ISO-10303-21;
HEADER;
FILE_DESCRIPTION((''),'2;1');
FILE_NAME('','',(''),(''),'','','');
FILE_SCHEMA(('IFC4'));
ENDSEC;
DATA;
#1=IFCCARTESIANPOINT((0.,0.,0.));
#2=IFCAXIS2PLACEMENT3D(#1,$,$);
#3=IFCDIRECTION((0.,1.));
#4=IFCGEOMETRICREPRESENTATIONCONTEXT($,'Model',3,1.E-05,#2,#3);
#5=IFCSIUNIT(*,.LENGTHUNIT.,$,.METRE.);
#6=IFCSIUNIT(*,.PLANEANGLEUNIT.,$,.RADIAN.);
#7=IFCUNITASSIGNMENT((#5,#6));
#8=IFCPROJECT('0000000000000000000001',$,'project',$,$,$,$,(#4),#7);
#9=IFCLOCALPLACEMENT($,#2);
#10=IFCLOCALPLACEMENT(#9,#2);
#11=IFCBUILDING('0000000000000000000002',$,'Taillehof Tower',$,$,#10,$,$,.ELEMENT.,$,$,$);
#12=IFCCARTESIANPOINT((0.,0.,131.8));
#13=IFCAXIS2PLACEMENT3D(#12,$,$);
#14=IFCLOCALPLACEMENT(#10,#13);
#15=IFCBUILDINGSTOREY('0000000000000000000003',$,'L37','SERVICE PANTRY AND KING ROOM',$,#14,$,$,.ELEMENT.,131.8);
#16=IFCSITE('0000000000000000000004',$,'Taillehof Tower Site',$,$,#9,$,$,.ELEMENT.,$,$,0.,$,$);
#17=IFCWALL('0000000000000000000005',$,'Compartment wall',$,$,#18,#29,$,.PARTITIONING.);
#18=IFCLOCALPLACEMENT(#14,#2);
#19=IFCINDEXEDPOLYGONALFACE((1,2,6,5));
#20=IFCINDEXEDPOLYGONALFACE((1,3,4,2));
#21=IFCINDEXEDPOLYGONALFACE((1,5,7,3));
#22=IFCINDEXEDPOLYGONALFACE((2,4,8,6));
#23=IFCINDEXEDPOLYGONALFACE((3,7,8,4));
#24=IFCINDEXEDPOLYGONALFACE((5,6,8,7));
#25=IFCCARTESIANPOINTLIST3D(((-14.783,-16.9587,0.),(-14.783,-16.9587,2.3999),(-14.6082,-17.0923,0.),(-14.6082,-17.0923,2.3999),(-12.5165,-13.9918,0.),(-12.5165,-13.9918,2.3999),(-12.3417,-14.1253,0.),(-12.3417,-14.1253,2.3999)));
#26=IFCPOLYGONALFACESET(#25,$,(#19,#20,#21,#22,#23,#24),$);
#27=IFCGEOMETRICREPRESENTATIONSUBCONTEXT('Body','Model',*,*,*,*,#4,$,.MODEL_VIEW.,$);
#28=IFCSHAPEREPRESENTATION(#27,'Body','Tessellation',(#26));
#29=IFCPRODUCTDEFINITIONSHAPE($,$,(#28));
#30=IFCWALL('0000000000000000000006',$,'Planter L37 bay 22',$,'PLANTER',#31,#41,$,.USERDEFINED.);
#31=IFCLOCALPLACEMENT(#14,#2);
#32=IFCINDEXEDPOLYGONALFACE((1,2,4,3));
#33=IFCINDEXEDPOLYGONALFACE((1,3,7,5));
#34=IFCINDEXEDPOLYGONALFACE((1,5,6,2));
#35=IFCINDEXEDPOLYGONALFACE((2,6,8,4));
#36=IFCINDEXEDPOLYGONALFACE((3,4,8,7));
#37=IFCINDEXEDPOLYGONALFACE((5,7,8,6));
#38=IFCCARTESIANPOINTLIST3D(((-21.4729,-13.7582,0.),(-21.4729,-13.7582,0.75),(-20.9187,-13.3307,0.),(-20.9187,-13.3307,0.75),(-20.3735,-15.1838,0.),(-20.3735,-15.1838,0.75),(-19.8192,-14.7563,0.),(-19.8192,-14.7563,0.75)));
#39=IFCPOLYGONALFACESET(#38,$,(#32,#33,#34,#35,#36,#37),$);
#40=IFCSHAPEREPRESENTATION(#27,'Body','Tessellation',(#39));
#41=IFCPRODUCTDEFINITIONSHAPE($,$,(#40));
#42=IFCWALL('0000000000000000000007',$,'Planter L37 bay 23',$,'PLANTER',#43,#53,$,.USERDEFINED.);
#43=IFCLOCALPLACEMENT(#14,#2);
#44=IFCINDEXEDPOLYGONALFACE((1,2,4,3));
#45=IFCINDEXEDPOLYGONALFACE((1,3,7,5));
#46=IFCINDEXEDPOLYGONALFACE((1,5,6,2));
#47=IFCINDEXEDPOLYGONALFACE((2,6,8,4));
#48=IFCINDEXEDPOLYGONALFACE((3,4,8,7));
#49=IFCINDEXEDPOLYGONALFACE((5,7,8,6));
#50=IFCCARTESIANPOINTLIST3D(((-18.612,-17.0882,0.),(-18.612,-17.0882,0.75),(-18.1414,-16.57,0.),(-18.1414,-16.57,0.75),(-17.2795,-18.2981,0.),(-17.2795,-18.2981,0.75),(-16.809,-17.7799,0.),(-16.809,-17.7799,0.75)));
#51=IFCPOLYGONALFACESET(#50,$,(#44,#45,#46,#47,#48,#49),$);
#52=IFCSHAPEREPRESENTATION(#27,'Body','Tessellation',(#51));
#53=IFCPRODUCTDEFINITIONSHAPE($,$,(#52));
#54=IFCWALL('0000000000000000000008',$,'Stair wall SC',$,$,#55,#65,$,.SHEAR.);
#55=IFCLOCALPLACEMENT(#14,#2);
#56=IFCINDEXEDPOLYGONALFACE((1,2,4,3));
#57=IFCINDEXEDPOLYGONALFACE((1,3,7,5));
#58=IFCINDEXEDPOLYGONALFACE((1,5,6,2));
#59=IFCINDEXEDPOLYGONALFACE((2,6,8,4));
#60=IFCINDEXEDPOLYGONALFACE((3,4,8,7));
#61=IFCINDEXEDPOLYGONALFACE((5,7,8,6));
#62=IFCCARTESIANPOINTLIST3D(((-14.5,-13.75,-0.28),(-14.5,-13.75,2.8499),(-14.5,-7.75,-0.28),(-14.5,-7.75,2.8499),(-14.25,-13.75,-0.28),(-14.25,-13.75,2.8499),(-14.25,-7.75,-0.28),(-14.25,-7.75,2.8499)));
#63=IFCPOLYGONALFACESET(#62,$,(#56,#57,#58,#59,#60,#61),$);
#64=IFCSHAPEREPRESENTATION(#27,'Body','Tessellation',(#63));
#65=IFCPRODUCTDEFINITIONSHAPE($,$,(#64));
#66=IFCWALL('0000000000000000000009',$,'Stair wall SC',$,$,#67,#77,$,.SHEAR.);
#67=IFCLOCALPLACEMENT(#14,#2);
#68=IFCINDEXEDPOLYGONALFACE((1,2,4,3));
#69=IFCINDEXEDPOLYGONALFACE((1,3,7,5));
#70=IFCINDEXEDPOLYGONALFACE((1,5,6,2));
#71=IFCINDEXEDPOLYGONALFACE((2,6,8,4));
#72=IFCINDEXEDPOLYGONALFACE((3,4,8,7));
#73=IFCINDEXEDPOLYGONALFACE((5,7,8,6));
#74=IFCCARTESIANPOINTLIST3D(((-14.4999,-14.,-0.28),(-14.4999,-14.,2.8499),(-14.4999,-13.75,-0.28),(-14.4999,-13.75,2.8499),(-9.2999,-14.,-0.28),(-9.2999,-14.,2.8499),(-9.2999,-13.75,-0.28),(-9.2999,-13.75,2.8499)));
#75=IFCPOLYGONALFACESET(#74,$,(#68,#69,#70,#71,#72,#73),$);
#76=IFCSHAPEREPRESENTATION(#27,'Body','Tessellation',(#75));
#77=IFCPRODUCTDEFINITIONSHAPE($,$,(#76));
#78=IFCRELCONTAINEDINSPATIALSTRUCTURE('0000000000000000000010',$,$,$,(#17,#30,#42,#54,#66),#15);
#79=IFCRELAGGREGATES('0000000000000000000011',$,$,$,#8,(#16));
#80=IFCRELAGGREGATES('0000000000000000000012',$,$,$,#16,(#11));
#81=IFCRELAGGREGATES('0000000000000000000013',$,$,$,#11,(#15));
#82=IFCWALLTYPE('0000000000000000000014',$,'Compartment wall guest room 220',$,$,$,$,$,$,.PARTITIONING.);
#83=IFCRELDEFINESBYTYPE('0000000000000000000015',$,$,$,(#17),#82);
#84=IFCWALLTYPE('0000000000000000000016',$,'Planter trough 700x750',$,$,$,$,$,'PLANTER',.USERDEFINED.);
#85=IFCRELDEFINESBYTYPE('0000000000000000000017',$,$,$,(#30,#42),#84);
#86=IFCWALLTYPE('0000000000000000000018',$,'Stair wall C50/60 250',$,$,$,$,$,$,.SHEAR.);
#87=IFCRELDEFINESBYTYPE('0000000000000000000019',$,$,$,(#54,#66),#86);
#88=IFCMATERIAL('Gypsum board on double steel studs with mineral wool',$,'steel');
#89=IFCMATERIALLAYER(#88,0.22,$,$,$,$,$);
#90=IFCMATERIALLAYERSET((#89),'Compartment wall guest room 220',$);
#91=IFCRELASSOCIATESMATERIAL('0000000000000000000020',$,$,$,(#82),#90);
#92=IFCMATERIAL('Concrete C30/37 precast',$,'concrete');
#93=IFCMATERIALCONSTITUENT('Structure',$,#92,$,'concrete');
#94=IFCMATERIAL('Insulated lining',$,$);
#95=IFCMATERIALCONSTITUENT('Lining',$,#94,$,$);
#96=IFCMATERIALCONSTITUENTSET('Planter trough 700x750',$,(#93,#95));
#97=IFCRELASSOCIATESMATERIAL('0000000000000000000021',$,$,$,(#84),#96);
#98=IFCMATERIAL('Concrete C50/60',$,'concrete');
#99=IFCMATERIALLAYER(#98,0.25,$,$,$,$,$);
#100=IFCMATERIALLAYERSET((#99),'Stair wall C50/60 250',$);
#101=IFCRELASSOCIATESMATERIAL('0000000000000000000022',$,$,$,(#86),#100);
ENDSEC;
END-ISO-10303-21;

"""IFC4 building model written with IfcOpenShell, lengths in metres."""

from ifc_helpers import new_model, si_unit, direction, frame, frame_2d, origin, place, context, subcontext, project, spatial, rectangle, extrude, material, layer, layer_set, constituent, constituent_set, type_object, element, save


model = new_model("IFC4")

# Units and contexts
model_context = context("Model", 3, precision=1e-05, world=origin(), true_north=direction((0.0, 1.0)))
body_context = subcontext(model_context, "Body", "Model", "MODEL_VIEW")
ifc_project = project(units=[si_unit("LENGTHUNIT", "METRE"), si_unit("PLANEANGLEUNIT", "RADIAN")], contexts=[model_context])

# Site, building, storey
site_placement = place(None, origin())
site = spatial("IfcSite", under=ifc_project, at=site_placement, Name="Taillehof Tower Site", CompositionType="ELEMENT", RefElevation=0.0)
building_placement = place(site_placement, origin())
building = spatial("IfcBuilding", under=site, at=building_placement, Name="Taillehof Tower", CompositionType="ELEMENT")
storey_placement = place(building_placement, frame((0.0, 0.0, 131.8)))
storey = spatial("IfcBuildingStorey", under=building, at=storey_placement, Name="L37", Description="SERVICE PANTRY AND KING ROOM", CompositionType="ELEMENT", Elevation=131.8)

# Walls
ifc_material_1 = material(Name="Gypsum board on double steel studs with mineral wool", Category="steel")
ifc_layer_1 = layer(ifc_material_1, 0.22)
ifc_layer_set_1 = layer_set([ifc_layer_1], Name="Compartment wall guest room 220")
wall_type_1 = type_object("IfcWallType", Name="Compartment wall guest room 220", PredefinedType="PARTITIONING", material=ifc_layer_set_1)
wall_1_placement = place(storey_placement, frame((-14.6956, -17.0254, 0.0), z_axis=(0.0, 0.0, 1.0), x_axis=(0.607059, 0.794657, 0.0)))
element("IfcWall", 1, at=wall_1_placement, inside=storey, type_object=wall_type_1, Name="Compartment wall", PredefinedType="PARTITIONING", context=body_context, shape_type="SweptSolid", body=[
    extrude(rectangle(XDim=3.7336, YDim=0.22, at=frame_2d((1.8667, 0.0))), origin(), (0.0, 0.0, 1.0), 2.3999),
])
ifc_material_2 = material(Name="Concrete C30/37 precast", Category="concrete")
ifc_constituent_1 = constituent(ifc_material_2, Name="Structure", Category="concrete")
ifc_material_3 = material(Name="Insulated lining")
ifc_constituent_2 = constituent(ifc_material_3, Name="Lining")
ifc_constituent_set = constituent_set(constituents=[ifc_constituent_1, ifc_constituent_2], Name="Planter trough 700x750")
wall_type_2 = type_object("IfcWallType", Name="Planter trough 700x750", ElementType="PLANTER", PredefinedType="USERDEFINED", material=ifc_constituent_set)
wall_2_placement = place(storey_placement, frame((-21.1958, -13.5444, 0.0), z_axis=(0.0, 0.0, 1.0), x_axis=(0.610687, -0.791872, 0.0)))
element("IfcWall", 2, at=wall_2_placement, inside=storey, type_object=wall_type_2, Name="Planter L37 bay 22", ObjectType="PLANTER", PredefinedType="USERDEFINED", context=body_context, shape_type="SweptSolid", body=[
    extrude(rectangle(XDim=1.8003, YDim=0.7, at=frame_2d((0.9001, 0.0))), origin(), (0.0, 0.0, 1.0), 0.75),
])
wall_3_placement = place(storey_placement, frame((-18.3767, -16.8291, 0.0), z_axis=(0.0, 0.0, 1.0), x_axis=(0.740333, -0.672241, 0.0)))
element("IfcWall", 3, at=wall_3_placement, inside=storey, type_object=wall_type_2, Name="Planter L37 bay 23", ObjectType="PLANTER", PredefinedType="USERDEFINED", context=body_context, shape_type="SweptSolid", body=[
    extrude(rectangle(XDim=1.7998, YDim=0.7, at=frame_2d((0.8999, 0.0))), origin(), (0.0, 0.0, 1.0), 0.75),
])
ifc_material_4 = material(Name="Concrete C50/60", Category="concrete")
ifc_layer_2 = layer(ifc_material_4, 0.25)
ifc_layer_set_2 = layer_set([ifc_layer_2], Name="Stair wall C50/60 250")
wall_type_3 = type_object("IfcWallType", Name="Stair wall C50/60 250", PredefinedType="SHEAR", material=ifc_layer_set_2)
wall_4_placement = place(storey_placement, frame((-14.375, -13.75, -0.28), z_axis=(0.0, 0.0, 1.0), x_axis=(0.0, 1.0, 0.0)))
element("IfcWall", 4, at=wall_4_placement, inside=storey, type_object=wall_type_3, Name="Stair wall SC", PredefinedType="SHEAR", context=body_context, shape_type="SweptSolid", body=[
    extrude(rectangle(XDim=6.0, YDim=0.25, at=frame_2d((3.0, 0.0))), origin(), (0.0, 0.0, 1.0), 3.1299),
])
wall_5_placement = place(storey_placement, frame((-14.5, -13.875, -0.28), z_axis=(0.0, 0.0, 1.0), x_axis=(1.0, 0.0, 0.0)))
element("IfcWall", 5, at=wall_5_placement, inside=storey, type_object=wall_type_3, Name="Stair wall SC", PredefinedType="SHEAR", context=body_context, shape_type="SweptSolid", body=[
    extrude(rectangle(XDim=5.2, YDim=0.25, at=frame_2d((2.6001, 0.0))), origin(), (0.0, 0.0, 1.0), 3.1299),
])

save(model, "model.ifc")
